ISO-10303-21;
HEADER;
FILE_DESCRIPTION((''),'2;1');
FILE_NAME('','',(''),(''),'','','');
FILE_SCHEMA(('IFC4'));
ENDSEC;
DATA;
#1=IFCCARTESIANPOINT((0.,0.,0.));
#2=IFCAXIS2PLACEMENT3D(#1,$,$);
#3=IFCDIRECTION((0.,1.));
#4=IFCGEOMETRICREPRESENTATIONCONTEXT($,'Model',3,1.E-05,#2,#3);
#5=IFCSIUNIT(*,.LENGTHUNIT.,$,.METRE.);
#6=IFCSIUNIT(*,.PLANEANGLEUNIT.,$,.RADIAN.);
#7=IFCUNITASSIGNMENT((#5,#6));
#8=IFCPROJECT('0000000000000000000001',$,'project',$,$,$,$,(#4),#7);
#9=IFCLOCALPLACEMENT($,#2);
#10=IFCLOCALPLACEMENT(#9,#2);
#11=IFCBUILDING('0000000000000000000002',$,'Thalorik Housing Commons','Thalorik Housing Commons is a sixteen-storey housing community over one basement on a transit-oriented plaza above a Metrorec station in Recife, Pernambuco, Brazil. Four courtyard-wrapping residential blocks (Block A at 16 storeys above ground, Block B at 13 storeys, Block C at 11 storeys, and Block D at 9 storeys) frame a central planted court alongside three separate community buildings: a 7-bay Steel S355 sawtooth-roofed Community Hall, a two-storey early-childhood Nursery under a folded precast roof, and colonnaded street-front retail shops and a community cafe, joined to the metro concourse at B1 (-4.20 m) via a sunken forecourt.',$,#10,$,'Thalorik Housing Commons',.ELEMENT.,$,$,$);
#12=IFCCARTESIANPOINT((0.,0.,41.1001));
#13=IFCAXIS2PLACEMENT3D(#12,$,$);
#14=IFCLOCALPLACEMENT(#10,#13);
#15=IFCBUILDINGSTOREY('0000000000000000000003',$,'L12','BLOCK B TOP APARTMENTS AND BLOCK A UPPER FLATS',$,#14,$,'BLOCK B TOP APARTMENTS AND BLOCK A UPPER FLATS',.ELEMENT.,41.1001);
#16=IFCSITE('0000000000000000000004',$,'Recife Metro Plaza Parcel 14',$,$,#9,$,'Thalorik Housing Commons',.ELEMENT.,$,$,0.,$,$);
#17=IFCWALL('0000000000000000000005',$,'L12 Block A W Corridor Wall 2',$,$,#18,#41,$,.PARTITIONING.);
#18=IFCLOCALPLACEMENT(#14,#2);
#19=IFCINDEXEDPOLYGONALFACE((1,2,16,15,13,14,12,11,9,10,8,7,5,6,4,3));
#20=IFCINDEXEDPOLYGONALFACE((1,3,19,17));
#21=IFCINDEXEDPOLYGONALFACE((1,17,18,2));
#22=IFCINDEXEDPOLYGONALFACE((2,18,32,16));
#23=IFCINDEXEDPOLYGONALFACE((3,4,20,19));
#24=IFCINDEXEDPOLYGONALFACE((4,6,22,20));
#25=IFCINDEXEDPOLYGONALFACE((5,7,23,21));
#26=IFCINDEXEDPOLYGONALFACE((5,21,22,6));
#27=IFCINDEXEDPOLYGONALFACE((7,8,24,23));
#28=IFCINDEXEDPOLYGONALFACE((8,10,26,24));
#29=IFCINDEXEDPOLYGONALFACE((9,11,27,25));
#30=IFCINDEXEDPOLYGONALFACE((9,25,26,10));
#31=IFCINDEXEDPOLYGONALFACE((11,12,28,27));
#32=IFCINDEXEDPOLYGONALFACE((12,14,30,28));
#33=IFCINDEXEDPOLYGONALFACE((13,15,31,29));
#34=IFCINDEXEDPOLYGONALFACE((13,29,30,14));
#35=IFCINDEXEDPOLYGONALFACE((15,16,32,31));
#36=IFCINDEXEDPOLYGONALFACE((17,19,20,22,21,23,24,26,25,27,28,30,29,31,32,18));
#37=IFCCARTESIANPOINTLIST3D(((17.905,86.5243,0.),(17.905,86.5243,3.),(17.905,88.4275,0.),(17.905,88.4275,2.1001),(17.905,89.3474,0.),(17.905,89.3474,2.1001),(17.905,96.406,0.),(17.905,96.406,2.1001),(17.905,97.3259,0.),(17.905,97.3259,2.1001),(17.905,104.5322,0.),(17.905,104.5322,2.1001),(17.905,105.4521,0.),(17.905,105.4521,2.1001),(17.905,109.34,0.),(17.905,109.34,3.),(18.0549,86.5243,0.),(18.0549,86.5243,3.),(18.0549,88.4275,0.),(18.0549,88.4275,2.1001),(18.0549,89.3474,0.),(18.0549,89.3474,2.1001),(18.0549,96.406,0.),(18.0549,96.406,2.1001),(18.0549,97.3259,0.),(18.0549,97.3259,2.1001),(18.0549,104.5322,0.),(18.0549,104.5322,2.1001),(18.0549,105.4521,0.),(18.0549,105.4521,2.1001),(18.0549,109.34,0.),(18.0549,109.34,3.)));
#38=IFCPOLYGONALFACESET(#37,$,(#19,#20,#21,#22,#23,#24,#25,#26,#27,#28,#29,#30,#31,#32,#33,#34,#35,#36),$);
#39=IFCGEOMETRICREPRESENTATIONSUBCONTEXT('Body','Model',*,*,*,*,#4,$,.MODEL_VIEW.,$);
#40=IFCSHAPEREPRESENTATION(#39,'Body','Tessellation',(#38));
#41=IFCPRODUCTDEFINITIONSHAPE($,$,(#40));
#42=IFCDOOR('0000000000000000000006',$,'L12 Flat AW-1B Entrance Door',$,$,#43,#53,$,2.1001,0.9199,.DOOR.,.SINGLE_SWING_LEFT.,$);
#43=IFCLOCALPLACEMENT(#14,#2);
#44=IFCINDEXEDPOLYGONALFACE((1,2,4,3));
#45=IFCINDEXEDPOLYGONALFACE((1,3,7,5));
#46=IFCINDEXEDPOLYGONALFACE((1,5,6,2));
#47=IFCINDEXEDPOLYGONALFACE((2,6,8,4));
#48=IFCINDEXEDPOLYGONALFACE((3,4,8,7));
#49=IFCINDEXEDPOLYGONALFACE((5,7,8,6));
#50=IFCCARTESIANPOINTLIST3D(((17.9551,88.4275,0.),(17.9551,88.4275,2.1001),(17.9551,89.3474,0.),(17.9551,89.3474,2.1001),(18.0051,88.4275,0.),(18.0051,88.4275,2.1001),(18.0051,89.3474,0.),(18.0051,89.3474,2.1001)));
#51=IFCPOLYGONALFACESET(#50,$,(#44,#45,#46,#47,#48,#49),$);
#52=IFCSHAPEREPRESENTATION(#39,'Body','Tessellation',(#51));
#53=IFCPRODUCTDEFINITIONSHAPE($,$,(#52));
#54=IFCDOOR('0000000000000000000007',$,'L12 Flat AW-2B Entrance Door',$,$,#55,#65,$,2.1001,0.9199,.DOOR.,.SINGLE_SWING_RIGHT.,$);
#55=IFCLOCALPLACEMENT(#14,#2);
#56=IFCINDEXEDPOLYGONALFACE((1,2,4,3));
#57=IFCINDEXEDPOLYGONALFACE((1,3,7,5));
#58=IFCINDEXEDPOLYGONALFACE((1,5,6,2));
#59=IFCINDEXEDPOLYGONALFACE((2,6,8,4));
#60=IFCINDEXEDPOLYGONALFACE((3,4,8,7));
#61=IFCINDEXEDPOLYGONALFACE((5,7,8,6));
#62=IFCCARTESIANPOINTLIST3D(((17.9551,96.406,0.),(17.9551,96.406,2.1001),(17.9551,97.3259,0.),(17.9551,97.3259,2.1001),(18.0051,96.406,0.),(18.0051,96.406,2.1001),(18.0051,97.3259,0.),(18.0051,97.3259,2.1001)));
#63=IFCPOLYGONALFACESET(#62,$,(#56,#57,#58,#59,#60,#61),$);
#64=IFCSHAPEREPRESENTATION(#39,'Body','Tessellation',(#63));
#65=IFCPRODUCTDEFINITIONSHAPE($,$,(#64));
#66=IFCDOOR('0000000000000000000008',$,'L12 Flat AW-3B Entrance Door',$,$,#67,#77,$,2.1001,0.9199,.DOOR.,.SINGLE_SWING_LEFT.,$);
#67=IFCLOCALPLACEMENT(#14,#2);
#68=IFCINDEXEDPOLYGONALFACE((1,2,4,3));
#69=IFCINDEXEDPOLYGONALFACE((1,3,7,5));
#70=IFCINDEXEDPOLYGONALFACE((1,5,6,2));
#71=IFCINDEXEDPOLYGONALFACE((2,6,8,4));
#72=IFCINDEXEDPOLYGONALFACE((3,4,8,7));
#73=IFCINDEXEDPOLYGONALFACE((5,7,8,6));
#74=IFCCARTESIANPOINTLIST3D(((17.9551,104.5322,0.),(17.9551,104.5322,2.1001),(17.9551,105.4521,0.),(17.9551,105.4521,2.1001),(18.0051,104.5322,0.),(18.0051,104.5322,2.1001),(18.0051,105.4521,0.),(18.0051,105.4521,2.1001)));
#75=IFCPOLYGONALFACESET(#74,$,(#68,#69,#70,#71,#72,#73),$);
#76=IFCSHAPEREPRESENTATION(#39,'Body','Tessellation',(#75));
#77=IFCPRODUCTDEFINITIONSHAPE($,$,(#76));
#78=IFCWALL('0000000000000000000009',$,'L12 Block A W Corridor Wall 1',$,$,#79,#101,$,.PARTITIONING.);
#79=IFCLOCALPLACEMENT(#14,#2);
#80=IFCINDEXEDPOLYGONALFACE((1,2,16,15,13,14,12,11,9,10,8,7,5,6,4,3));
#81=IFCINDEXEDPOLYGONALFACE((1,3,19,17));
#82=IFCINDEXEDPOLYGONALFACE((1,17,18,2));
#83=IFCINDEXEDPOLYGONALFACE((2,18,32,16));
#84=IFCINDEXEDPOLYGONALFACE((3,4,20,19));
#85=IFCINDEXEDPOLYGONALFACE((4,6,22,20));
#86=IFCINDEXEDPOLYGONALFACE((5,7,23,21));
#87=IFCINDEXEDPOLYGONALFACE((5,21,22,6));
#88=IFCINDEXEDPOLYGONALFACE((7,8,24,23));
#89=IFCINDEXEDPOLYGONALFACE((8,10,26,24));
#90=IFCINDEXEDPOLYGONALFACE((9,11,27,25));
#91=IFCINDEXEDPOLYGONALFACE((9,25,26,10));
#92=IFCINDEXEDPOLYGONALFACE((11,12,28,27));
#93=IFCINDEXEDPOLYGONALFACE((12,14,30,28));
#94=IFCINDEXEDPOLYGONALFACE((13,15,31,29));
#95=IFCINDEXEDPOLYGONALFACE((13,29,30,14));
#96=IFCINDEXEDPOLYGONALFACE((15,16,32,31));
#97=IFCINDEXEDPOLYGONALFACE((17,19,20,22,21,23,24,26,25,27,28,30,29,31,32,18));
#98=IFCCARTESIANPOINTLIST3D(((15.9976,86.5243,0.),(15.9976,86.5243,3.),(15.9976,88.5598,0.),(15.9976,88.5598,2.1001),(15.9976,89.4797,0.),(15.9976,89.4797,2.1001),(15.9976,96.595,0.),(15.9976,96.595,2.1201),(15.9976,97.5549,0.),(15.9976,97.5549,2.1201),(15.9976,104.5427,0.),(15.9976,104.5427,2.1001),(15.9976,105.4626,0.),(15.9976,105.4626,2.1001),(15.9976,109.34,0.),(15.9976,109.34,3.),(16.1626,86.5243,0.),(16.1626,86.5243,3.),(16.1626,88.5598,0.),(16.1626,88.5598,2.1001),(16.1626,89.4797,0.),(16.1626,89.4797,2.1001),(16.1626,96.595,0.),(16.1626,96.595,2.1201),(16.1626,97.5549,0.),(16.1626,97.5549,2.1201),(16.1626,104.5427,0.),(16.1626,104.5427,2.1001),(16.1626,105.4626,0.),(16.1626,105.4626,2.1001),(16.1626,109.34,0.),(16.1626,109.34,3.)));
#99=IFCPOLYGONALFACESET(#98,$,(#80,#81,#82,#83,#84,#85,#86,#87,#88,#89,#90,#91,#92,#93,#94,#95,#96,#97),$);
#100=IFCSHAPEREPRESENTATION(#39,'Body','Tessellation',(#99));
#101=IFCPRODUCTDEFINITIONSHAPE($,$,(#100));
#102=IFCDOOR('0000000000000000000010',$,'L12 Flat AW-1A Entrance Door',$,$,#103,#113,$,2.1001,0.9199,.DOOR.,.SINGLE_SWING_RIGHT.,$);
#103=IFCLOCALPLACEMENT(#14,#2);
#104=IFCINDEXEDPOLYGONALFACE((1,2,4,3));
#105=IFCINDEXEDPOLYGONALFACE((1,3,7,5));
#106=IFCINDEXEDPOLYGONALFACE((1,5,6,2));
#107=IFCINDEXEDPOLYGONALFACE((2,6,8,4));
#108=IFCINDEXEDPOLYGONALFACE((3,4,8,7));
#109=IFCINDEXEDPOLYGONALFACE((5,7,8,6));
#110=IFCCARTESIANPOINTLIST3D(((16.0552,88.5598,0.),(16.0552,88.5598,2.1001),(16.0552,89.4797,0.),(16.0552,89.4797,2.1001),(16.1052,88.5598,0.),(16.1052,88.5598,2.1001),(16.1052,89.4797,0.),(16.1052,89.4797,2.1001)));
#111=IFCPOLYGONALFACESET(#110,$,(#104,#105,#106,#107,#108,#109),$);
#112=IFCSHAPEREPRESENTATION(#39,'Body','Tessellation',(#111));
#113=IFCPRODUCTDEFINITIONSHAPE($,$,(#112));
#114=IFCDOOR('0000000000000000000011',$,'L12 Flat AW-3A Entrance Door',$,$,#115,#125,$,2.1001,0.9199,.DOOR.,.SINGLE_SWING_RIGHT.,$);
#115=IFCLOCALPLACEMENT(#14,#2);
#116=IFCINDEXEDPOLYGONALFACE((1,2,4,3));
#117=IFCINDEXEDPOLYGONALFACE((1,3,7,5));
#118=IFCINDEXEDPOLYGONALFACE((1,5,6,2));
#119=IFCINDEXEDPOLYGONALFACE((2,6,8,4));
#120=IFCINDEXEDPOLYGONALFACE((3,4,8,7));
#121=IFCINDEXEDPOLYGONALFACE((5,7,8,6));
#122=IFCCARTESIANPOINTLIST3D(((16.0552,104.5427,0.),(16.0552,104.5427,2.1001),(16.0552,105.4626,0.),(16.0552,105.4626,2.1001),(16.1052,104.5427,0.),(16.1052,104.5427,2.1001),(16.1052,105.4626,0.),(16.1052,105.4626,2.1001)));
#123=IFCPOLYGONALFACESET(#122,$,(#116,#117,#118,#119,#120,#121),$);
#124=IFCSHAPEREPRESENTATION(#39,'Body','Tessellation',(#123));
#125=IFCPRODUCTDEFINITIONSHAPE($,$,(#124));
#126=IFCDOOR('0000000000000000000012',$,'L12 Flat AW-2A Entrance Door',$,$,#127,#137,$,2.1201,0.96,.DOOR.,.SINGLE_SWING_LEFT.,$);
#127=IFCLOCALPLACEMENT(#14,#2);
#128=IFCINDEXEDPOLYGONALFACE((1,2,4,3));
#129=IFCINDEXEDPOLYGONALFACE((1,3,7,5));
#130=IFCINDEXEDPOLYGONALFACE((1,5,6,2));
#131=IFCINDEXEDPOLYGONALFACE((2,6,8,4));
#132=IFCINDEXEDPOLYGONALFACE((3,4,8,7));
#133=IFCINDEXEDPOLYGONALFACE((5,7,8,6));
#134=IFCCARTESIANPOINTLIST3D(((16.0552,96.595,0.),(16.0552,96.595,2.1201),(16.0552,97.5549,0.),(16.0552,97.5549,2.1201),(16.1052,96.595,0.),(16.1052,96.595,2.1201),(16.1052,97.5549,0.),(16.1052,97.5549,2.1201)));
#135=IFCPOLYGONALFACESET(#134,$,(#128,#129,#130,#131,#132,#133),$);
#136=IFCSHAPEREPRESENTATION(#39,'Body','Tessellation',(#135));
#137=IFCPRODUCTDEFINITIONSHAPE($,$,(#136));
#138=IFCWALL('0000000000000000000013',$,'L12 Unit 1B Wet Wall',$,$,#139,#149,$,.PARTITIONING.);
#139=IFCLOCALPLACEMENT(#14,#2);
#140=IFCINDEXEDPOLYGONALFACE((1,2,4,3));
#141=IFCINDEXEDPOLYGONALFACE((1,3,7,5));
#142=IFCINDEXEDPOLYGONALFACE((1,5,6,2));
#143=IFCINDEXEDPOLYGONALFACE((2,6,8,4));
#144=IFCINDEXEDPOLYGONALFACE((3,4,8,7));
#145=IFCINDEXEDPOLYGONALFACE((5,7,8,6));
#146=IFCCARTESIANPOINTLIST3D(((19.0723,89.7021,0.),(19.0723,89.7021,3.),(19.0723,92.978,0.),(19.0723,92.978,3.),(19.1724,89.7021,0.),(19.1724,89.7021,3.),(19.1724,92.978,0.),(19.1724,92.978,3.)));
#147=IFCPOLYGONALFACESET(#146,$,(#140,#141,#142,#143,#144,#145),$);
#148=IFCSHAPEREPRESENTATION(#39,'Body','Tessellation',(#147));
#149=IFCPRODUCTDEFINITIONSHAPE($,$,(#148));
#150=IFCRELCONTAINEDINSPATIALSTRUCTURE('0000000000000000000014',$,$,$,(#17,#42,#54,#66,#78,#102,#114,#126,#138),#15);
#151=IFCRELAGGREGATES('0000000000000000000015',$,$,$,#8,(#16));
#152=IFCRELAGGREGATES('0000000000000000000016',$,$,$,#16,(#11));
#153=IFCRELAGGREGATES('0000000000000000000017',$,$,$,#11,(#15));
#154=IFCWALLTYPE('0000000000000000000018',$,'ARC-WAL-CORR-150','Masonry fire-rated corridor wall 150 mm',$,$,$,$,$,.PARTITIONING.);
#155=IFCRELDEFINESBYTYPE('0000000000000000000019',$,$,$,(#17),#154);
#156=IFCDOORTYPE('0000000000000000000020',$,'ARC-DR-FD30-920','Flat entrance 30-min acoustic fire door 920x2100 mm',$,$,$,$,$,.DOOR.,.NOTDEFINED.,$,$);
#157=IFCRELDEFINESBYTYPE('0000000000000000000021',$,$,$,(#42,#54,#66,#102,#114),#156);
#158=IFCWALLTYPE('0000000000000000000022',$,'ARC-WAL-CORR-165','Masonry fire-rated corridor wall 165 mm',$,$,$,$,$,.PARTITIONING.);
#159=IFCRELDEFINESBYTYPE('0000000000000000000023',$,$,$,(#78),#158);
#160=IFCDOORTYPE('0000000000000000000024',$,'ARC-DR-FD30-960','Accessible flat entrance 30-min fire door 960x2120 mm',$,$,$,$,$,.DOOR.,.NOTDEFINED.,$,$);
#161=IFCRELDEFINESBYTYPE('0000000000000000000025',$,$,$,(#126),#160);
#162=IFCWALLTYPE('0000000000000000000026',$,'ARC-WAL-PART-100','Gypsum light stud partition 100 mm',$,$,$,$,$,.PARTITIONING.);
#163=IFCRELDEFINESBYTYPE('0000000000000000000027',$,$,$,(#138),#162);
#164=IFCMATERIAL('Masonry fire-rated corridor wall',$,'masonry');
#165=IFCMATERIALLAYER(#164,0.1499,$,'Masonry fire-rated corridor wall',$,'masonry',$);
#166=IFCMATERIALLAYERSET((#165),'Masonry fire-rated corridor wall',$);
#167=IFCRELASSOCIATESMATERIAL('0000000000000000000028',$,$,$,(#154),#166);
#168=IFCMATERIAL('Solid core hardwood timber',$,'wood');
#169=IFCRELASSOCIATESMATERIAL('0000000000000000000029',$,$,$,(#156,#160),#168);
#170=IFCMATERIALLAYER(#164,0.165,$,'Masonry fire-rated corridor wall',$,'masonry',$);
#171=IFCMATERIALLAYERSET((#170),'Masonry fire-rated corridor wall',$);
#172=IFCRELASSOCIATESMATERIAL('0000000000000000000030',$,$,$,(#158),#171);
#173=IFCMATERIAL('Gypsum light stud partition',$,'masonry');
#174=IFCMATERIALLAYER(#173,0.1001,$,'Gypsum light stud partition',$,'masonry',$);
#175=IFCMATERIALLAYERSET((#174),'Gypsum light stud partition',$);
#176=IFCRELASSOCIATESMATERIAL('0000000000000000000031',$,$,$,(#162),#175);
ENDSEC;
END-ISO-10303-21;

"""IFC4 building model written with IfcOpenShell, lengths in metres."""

from ifc_helpers import new_model, si_unit, direction, frame, frame_2d, origin, place, context, subcontext, project, spatial, rectangle, extrude, material, layer, layer_set, type_object, element, fill, save


model = new_model("IFC4")

# Units and contexts
model_context = context("Model", 3, precision=1e-05, world=origin(), true_north=direction((0.0, 1.0)))
body_context = subcontext(model_context, "Body", "Model", "MODEL_VIEW")
ifc_project = project(units=[si_unit("LENGTHUNIT", "METRE"), si_unit("PLANEANGLEUNIT", "RADIAN")], contexts=[model_context])

# Site, building, storey
site_placement = place(None, origin())
site = spatial("IfcSite", under=ifc_project, at=site_placement, Name="Recife Metro Plaza Parcel 14", LongName="Thalorik Housing Commons", CompositionType="ELEMENT", RefElevation=0.0)
building_placement = place(site_placement, origin())
building = spatial("IfcBuilding", under=site, at=building_placement, Name="Thalorik Housing Commons", Description="Thalorik Housing Commons is a sixteen-storey housing community over one basement on a transit-oriented plaza above a Metrorec station in Recife, Pernambuco, Brazil. Four courtyard-wrapping residential blocks (Block A at 16 storeys above ground, Block B at 13 storeys, Block C at 11 storeys, and Block D at 9 storeys) frame a central planted court alongside three separate community buildings: a 7-bay Steel S355 sawtooth-roofed Community Hall, a two-storey early-childhood Nursery under a folded precast roof, and colonnaded street-front retail shops and a community cafe, joined to the metro concourse at B1 (-4.20 m) via a sunken forecourt.", LongName="Thalorik Housing Commons", CompositionType="ELEMENT")
storey_placement = place(building_placement, frame((0.0, 0.0, 41.1001)))
storey = spatial("IfcBuildingStorey", under=building, at=storey_placement, Name="L12", Description="BLOCK B TOP APARTMENTS AND BLOCK A UPPER FLATS", LongName="BLOCK B TOP APARTMENTS AND BLOCK A UPPER FLATS", CompositionType="ELEMENT", Elevation=41.1001)

# Walls, openings, doors
ifc_material_1 = material(Name="Masonry fire-rated corridor wall", Category="masonry")
ifc_layer_1 = layer(ifc_material_1, 0.1499, Name="Masonry fire-rated corridor wall", Category="masonry")
ifc_layer_set_1 = layer_set([ifc_layer_1], Name="Masonry fire-rated corridor wall")
wall_type_1 = type_object("IfcWallType", Name="ARC-WAL-CORR-150", Description="Masonry fire-rated corridor wall 150 mm", PredefinedType="PARTITIONING", material=ifc_layer_set_1)
wall_1_placement = place(storey_placement, frame((17.98, 86.5244, 0.0), z_axis=(0.0, 0.0, 1.0), x_axis=(0.0, 1.0, 0.0)))
wall_1 = element("IfcWall", 1, at=wall_1_placement, inside=storey, type_object=wall_type_1, Name="L12 Block A W Corridor Wall 2", PredefinedType="PARTITIONING", context=body_context, shape_type="SweptSolid", body=[
    extrude(rectangle(XDim=22.8157, YDim=0.1499, at=frame_2d((11.4077, 0.0))), origin(), (0.0, 0.0, 1.0), 3.0),
])
opening_1_placement = place(wall_1_placement, frame((1.9031, 0.0, 0.0)))
opening_1 = element("IfcOpeningElement", 2, at=opening_1_placement, cuts=wall_1, PredefinedType="OPENING", context=body_context, shape_type="SweptSolid", body=[
    extrude(rectangle(XDim=0.9199, YDim=2.1001, at=frame_2d((0.46, 1.05))), frame((0.0, 0.085, 0.0), z_axis=(0.0, -1.0, 0.0), x_axis=(1.0, 0.0, 0.0)), (0.0, 0.0, 1.0), 0.1699),
])
opening_2_placement = place(wall_1_placement, frame((9.8816, 0.0, 0.0)))
opening_2 = element("IfcOpeningElement", 3, at=opening_2_placement, cuts=wall_1, PredefinedType="OPENING", context=body_context, shape_type="SweptSolid", body=[
    extrude(rectangle(XDim=0.9199, YDim=2.1001, at=frame_2d((0.46, 1.05))), frame((0.0, 0.085, 0.0), z_axis=(0.0, -1.0, 0.0), x_axis=(1.0, 0.0, 0.0)), (0.0, 0.0, 1.0), 0.1699),
])
opening_3_placement = place(wall_1_placement, frame((18.0078, 0.0, 0.0)))
opening_3 = element("IfcOpeningElement", 4, at=opening_3_placement, cuts=wall_1, PredefinedType="OPENING", context=body_context, shape_type="SweptSolid", body=[
    extrude(rectangle(XDim=0.9199, YDim=2.1001, at=frame_2d((0.46, 1.05))), frame((0.0, 0.085, 0.0), z_axis=(0.0, -1.0, 0.0), x_axis=(1.0, 0.0, 0.0)), (0.0, 0.0, 1.0), 0.1699),
])
ifc_material_2 = material(Name="Solid core hardwood timber", Category="wood")
door_type_1 = type_object("IfcDoorType", Name="ARC-DR-FD30-920", Description="Flat entrance 30-min acoustic fire door 920x2100 mm", OperationType="NOTDEFINED", PredefinedType="DOOR", material=ifc_material_2)
door_1_placement = place(opening_1_placement, origin())
door_1 = element("IfcDoor", 5, at=door_1_placement, inside=storey, type_object=door_type_1, Name="L12 Flat AW-1B Entrance Door", OperationType="SINGLE_SWING_LEFT", OverallHeight=2.1001, OverallWidth=0.9199, PredefinedType="DOOR", context=body_context, shape_type="SweptSolid", body=[
    extrude(rectangle(XDim=0.9199, YDim=2.1001, at=frame_2d((0.46, 1.05))), frame((0.0, 0.0249, 0.0), z_axis=(0.0, -1.0, 0.0), x_axis=(1.0, 0.0, 0.0)), (0.0, 0.0, 1.0), 0.05),
])
fill(opening_1, door_1)
door_2_placement = place(opening_2_placement, origin())
door_2 = element("IfcDoor", 6, at=door_2_placement, inside=storey, type_object=door_type_1, Name="L12 Flat AW-2B Entrance Door", OperationType="SINGLE_SWING_RIGHT", OverallHeight=2.1001, OverallWidth=0.9199, PredefinedType="DOOR", context=body_context, shape_type="SweptSolid", body=[
    extrude(rectangle(XDim=0.9199, YDim=2.1001, at=frame_2d((0.46, 1.05))), frame((0.0, 0.0249, 0.0), z_axis=(0.0, -1.0, 0.0), x_axis=(1.0, 0.0, 0.0)), (0.0, 0.0, 1.0), 0.05),
])
fill(opening_2, door_2)
door_3_placement = place(opening_3_placement, origin())
door_3 = element("IfcDoor", 7, at=door_3_placement, inside=storey, type_object=door_type_1, Name="L12 Flat AW-3B Entrance Door", OperationType="SINGLE_SWING_LEFT", OverallHeight=2.1001, OverallWidth=0.9199, PredefinedType="DOOR", context=body_context, shape_type="SweptSolid", body=[
    extrude(rectangle(XDim=0.9199, YDim=2.1001, at=frame_2d((0.46, 1.05))), frame((0.0, 0.0249, 0.0), z_axis=(0.0, -1.0, 0.0), x_axis=(1.0, 0.0, 0.0)), (0.0, 0.0, 1.0), 0.05),
])
fill(opening_3, door_3)
ifc_layer_2 = layer(ifc_material_1, 0.165, Name="Masonry fire-rated corridor wall", Category="masonry")
ifc_layer_set_2 = layer_set([ifc_layer_2], Name="Masonry fire-rated corridor wall")
wall_type_2 = type_object("IfcWallType", Name="ARC-WAL-CORR-165", Description="Masonry fire-rated corridor wall 165 mm", PredefinedType="PARTITIONING", material=ifc_layer_set_2)
wall_2_placement = place(storey_placement, frame((16.0801, 86.5244, 0.0), z_axis=(0.0, 0.0, 1.0), x_axis=(0.0, 1.0, 0.0)))
wall_2 = element("IfcWall", 8, at=wall_2_placement, inside=storey, type_object=wall_type_2, Name="L12 Block A W Corridor Wall 1", PredefinedType="PARTITIONING", context=body_context, shape_type="SweptSolid", body=[
    extrude(rectangle(XDim=22.8157, YDim=0.165, at=frame_2d((11.4077, 0.0))), origin(), (0.0, 0.0, 1.0), 3.0),
])
opening_4_placement = place(wall_2_placement, frame((2.0354, 0.0, 0.0)))
opening_4 = element("IfcOpeningElement", 9, at=opening_4_placement, cuts=wall_2, PredefinedType="OPENING", context=body_context, shape_type="SweptSolid", body=[
    extrude(rectangle(XDim=0.9199, YDim=2.1001, at=frame_2d((0.46, 1.05))), frame((0.0, 0.0925, 0.0), z_axis=(0.0, -1.0, 0.0), x_axis=(1.0, 0.0, 0.0)), (0.0, 0.0, 1.0), 0.1851),
])
opening_5_placement = place(wall_2_placement, frame((10.0706, 0.0, 0.0)))
opening_5 = element("IfcOpeningElement", 10, at=opening_5_placement, cuts=wall_2, PredefinedType="OPENING", context=body_context, shape_type="SweptSolid", body=[
    extrude(rectangle(XDim=0.96, YDim=2.1201, at=frame_2d((0.48, 1.0601))), frame((0.0, 0.0925, 0.0), z_axis=(0.0, -1.0, 0.0), x_axis=(1.0, 0.0, 0.0)), (0.0, 0.0, 1.0), 0.1851),
])
opening_6_placement = place(wall_2_placement, frame((18.0183, 0.0, 0.0)))
opening_6 = element("IfcOpeningElement", 11, at=opening_6_placement, cuts=wall_2, PredefinedType="OPENING", context=body_context, shape_type="SweptSolid", body=[
    extrude(rectangle(XDim=0.9199, YDim=2.1001, at=frame_2d((0.46, 1.05))), frame((0.0, 0.0925, 0.0), z_axis=(0.0, -1.0, 0.0), x_axis=(1.0, 0.0, 0.0)), (0.0, 0.0, 1.0), 0.1851),
])
door_4_placement = place(opening_4_placement, origin())
door_4 = element("IfcDoor", 12, at=door_4_placement, inside=storey, type_object=door_type_1, Name="L12 Flat AW-1A Entrance Door", OperationType="SINGLE_SWING_RIGHT", OverallHeight=2.1001, OverallWidth=0.9199, PredefinedType="DOOR", context=body_context, shape_type="SweptSolid", body=[
    extrude(rectangle(XDim=0.9199, YDim=2.1001, at=frame_2d((0.46, 1.05))), frame((0.0, 0.0249, 0.0), z_axis=(0.0, -1.0, 0.0), x_axis=(1.0, 0.0, 0.0)), (0.0, 0.0, 1.0), 0.05),
])
fill(opening_4, door_4)
door_5_placement = place(opening_6_placement, origin())
door_5 = element("IfcDoor", 13, at=door_5_placement, inside=storey, type_object=door_type_1, Name="L12 Flat AW-3A Entrance Door", OperationType="SINGLE_SWING_RIGHT", OverallHeight=2.1001, OverallWidth=0.9199, PredefinedType="DOOR", context=body_context, shape_type="SweptSolid", body=[
    extrude(rectangle(XDim=0.9199, YDim=2.1001, at=frame_2d((0.46, 1.05))), frame((0.0, 0.0249, 0.0), z_axis=(0.0, -1.0, 0.0), x_axis=(1.0, 0.0, 0.0)), (0.0, 0.0, 1.0), 0.05),
])
fill(opening_6, door_5)
door_type_2 = type_object("IfcDoorType", Name="ARC-DR-FD30-960", Description="Accessible flat entrance 30-min fire door 960x2120 mm", OperationType="NOTDEFINED", PredefinedType="DOOR", material=ifc_material_2)
door_6_placement = place(opening_5_placement, origin())
door_6 = element("IfcDoor", 14, at=door_6_placement, inside=storey, type_object=door_type_2, Name="L12 Flat AW-2A Entrance Door", OperationType="SINGLE_SWING_LEFT", OverallHeight=2.1201, OverallWidth=0.96, PredefinedType="DOOR", context=body_context, shape_type="SweptSolid", body=[
    extrude(rectangle(XDim=0.96, YDim=2.1201, at=frame_2d((0.48, 1.0601))), frame((0.0, 0.0249, 0.0), z_axis=(0.0, -1.0, 0.0), x_axis=(1.0, 0.0, 0.0)), (0.0, 0.0, 1.0), 0.05),
])
fill(opening_5, door_6)

# Wall
ifc_material_3 = material(Name="Gypsum light stud partition", Category="masonry")
ifc_layer_3 = layer(ifc_material_3, 0.1001, Name="Gypsum light stud partition", Category="masonry")
ifc_layer_set_3 = layer_set([ifc_layer_3], Name="Gypsum light stud partition")
wall_type_3 = type_object("IfcWallType", Name="ARC-WAL-PART-100", Description="Gypsum light stud partition 100 mm", PredefinedType="PARTITIONING", material=ifc_layer_set_3)
wall_3_placement = place(storey_placement, frame((19.1223, 89.7021, 0.0), z_axis=(0.0, 0.0, 1.0), x_axis=(0.0, 1.0, 0.0)))
element("IfcWall", 15, at=wall_3_placement, inside=storey, type_object=wall_type_3, Name="L12 Unit 1B Wet Wall", PredefinedType="PARTITIONING", context=body_context, shape_type="SweptSolid", body=[
    extrude(rectangle(XDim=3.2759, YDim=0.1001, at=frame_2d((1.6379, 0.0))), origin(), (0.0, 0.0, 1.0), 3.0),
])

save(model, "model.ifc")
